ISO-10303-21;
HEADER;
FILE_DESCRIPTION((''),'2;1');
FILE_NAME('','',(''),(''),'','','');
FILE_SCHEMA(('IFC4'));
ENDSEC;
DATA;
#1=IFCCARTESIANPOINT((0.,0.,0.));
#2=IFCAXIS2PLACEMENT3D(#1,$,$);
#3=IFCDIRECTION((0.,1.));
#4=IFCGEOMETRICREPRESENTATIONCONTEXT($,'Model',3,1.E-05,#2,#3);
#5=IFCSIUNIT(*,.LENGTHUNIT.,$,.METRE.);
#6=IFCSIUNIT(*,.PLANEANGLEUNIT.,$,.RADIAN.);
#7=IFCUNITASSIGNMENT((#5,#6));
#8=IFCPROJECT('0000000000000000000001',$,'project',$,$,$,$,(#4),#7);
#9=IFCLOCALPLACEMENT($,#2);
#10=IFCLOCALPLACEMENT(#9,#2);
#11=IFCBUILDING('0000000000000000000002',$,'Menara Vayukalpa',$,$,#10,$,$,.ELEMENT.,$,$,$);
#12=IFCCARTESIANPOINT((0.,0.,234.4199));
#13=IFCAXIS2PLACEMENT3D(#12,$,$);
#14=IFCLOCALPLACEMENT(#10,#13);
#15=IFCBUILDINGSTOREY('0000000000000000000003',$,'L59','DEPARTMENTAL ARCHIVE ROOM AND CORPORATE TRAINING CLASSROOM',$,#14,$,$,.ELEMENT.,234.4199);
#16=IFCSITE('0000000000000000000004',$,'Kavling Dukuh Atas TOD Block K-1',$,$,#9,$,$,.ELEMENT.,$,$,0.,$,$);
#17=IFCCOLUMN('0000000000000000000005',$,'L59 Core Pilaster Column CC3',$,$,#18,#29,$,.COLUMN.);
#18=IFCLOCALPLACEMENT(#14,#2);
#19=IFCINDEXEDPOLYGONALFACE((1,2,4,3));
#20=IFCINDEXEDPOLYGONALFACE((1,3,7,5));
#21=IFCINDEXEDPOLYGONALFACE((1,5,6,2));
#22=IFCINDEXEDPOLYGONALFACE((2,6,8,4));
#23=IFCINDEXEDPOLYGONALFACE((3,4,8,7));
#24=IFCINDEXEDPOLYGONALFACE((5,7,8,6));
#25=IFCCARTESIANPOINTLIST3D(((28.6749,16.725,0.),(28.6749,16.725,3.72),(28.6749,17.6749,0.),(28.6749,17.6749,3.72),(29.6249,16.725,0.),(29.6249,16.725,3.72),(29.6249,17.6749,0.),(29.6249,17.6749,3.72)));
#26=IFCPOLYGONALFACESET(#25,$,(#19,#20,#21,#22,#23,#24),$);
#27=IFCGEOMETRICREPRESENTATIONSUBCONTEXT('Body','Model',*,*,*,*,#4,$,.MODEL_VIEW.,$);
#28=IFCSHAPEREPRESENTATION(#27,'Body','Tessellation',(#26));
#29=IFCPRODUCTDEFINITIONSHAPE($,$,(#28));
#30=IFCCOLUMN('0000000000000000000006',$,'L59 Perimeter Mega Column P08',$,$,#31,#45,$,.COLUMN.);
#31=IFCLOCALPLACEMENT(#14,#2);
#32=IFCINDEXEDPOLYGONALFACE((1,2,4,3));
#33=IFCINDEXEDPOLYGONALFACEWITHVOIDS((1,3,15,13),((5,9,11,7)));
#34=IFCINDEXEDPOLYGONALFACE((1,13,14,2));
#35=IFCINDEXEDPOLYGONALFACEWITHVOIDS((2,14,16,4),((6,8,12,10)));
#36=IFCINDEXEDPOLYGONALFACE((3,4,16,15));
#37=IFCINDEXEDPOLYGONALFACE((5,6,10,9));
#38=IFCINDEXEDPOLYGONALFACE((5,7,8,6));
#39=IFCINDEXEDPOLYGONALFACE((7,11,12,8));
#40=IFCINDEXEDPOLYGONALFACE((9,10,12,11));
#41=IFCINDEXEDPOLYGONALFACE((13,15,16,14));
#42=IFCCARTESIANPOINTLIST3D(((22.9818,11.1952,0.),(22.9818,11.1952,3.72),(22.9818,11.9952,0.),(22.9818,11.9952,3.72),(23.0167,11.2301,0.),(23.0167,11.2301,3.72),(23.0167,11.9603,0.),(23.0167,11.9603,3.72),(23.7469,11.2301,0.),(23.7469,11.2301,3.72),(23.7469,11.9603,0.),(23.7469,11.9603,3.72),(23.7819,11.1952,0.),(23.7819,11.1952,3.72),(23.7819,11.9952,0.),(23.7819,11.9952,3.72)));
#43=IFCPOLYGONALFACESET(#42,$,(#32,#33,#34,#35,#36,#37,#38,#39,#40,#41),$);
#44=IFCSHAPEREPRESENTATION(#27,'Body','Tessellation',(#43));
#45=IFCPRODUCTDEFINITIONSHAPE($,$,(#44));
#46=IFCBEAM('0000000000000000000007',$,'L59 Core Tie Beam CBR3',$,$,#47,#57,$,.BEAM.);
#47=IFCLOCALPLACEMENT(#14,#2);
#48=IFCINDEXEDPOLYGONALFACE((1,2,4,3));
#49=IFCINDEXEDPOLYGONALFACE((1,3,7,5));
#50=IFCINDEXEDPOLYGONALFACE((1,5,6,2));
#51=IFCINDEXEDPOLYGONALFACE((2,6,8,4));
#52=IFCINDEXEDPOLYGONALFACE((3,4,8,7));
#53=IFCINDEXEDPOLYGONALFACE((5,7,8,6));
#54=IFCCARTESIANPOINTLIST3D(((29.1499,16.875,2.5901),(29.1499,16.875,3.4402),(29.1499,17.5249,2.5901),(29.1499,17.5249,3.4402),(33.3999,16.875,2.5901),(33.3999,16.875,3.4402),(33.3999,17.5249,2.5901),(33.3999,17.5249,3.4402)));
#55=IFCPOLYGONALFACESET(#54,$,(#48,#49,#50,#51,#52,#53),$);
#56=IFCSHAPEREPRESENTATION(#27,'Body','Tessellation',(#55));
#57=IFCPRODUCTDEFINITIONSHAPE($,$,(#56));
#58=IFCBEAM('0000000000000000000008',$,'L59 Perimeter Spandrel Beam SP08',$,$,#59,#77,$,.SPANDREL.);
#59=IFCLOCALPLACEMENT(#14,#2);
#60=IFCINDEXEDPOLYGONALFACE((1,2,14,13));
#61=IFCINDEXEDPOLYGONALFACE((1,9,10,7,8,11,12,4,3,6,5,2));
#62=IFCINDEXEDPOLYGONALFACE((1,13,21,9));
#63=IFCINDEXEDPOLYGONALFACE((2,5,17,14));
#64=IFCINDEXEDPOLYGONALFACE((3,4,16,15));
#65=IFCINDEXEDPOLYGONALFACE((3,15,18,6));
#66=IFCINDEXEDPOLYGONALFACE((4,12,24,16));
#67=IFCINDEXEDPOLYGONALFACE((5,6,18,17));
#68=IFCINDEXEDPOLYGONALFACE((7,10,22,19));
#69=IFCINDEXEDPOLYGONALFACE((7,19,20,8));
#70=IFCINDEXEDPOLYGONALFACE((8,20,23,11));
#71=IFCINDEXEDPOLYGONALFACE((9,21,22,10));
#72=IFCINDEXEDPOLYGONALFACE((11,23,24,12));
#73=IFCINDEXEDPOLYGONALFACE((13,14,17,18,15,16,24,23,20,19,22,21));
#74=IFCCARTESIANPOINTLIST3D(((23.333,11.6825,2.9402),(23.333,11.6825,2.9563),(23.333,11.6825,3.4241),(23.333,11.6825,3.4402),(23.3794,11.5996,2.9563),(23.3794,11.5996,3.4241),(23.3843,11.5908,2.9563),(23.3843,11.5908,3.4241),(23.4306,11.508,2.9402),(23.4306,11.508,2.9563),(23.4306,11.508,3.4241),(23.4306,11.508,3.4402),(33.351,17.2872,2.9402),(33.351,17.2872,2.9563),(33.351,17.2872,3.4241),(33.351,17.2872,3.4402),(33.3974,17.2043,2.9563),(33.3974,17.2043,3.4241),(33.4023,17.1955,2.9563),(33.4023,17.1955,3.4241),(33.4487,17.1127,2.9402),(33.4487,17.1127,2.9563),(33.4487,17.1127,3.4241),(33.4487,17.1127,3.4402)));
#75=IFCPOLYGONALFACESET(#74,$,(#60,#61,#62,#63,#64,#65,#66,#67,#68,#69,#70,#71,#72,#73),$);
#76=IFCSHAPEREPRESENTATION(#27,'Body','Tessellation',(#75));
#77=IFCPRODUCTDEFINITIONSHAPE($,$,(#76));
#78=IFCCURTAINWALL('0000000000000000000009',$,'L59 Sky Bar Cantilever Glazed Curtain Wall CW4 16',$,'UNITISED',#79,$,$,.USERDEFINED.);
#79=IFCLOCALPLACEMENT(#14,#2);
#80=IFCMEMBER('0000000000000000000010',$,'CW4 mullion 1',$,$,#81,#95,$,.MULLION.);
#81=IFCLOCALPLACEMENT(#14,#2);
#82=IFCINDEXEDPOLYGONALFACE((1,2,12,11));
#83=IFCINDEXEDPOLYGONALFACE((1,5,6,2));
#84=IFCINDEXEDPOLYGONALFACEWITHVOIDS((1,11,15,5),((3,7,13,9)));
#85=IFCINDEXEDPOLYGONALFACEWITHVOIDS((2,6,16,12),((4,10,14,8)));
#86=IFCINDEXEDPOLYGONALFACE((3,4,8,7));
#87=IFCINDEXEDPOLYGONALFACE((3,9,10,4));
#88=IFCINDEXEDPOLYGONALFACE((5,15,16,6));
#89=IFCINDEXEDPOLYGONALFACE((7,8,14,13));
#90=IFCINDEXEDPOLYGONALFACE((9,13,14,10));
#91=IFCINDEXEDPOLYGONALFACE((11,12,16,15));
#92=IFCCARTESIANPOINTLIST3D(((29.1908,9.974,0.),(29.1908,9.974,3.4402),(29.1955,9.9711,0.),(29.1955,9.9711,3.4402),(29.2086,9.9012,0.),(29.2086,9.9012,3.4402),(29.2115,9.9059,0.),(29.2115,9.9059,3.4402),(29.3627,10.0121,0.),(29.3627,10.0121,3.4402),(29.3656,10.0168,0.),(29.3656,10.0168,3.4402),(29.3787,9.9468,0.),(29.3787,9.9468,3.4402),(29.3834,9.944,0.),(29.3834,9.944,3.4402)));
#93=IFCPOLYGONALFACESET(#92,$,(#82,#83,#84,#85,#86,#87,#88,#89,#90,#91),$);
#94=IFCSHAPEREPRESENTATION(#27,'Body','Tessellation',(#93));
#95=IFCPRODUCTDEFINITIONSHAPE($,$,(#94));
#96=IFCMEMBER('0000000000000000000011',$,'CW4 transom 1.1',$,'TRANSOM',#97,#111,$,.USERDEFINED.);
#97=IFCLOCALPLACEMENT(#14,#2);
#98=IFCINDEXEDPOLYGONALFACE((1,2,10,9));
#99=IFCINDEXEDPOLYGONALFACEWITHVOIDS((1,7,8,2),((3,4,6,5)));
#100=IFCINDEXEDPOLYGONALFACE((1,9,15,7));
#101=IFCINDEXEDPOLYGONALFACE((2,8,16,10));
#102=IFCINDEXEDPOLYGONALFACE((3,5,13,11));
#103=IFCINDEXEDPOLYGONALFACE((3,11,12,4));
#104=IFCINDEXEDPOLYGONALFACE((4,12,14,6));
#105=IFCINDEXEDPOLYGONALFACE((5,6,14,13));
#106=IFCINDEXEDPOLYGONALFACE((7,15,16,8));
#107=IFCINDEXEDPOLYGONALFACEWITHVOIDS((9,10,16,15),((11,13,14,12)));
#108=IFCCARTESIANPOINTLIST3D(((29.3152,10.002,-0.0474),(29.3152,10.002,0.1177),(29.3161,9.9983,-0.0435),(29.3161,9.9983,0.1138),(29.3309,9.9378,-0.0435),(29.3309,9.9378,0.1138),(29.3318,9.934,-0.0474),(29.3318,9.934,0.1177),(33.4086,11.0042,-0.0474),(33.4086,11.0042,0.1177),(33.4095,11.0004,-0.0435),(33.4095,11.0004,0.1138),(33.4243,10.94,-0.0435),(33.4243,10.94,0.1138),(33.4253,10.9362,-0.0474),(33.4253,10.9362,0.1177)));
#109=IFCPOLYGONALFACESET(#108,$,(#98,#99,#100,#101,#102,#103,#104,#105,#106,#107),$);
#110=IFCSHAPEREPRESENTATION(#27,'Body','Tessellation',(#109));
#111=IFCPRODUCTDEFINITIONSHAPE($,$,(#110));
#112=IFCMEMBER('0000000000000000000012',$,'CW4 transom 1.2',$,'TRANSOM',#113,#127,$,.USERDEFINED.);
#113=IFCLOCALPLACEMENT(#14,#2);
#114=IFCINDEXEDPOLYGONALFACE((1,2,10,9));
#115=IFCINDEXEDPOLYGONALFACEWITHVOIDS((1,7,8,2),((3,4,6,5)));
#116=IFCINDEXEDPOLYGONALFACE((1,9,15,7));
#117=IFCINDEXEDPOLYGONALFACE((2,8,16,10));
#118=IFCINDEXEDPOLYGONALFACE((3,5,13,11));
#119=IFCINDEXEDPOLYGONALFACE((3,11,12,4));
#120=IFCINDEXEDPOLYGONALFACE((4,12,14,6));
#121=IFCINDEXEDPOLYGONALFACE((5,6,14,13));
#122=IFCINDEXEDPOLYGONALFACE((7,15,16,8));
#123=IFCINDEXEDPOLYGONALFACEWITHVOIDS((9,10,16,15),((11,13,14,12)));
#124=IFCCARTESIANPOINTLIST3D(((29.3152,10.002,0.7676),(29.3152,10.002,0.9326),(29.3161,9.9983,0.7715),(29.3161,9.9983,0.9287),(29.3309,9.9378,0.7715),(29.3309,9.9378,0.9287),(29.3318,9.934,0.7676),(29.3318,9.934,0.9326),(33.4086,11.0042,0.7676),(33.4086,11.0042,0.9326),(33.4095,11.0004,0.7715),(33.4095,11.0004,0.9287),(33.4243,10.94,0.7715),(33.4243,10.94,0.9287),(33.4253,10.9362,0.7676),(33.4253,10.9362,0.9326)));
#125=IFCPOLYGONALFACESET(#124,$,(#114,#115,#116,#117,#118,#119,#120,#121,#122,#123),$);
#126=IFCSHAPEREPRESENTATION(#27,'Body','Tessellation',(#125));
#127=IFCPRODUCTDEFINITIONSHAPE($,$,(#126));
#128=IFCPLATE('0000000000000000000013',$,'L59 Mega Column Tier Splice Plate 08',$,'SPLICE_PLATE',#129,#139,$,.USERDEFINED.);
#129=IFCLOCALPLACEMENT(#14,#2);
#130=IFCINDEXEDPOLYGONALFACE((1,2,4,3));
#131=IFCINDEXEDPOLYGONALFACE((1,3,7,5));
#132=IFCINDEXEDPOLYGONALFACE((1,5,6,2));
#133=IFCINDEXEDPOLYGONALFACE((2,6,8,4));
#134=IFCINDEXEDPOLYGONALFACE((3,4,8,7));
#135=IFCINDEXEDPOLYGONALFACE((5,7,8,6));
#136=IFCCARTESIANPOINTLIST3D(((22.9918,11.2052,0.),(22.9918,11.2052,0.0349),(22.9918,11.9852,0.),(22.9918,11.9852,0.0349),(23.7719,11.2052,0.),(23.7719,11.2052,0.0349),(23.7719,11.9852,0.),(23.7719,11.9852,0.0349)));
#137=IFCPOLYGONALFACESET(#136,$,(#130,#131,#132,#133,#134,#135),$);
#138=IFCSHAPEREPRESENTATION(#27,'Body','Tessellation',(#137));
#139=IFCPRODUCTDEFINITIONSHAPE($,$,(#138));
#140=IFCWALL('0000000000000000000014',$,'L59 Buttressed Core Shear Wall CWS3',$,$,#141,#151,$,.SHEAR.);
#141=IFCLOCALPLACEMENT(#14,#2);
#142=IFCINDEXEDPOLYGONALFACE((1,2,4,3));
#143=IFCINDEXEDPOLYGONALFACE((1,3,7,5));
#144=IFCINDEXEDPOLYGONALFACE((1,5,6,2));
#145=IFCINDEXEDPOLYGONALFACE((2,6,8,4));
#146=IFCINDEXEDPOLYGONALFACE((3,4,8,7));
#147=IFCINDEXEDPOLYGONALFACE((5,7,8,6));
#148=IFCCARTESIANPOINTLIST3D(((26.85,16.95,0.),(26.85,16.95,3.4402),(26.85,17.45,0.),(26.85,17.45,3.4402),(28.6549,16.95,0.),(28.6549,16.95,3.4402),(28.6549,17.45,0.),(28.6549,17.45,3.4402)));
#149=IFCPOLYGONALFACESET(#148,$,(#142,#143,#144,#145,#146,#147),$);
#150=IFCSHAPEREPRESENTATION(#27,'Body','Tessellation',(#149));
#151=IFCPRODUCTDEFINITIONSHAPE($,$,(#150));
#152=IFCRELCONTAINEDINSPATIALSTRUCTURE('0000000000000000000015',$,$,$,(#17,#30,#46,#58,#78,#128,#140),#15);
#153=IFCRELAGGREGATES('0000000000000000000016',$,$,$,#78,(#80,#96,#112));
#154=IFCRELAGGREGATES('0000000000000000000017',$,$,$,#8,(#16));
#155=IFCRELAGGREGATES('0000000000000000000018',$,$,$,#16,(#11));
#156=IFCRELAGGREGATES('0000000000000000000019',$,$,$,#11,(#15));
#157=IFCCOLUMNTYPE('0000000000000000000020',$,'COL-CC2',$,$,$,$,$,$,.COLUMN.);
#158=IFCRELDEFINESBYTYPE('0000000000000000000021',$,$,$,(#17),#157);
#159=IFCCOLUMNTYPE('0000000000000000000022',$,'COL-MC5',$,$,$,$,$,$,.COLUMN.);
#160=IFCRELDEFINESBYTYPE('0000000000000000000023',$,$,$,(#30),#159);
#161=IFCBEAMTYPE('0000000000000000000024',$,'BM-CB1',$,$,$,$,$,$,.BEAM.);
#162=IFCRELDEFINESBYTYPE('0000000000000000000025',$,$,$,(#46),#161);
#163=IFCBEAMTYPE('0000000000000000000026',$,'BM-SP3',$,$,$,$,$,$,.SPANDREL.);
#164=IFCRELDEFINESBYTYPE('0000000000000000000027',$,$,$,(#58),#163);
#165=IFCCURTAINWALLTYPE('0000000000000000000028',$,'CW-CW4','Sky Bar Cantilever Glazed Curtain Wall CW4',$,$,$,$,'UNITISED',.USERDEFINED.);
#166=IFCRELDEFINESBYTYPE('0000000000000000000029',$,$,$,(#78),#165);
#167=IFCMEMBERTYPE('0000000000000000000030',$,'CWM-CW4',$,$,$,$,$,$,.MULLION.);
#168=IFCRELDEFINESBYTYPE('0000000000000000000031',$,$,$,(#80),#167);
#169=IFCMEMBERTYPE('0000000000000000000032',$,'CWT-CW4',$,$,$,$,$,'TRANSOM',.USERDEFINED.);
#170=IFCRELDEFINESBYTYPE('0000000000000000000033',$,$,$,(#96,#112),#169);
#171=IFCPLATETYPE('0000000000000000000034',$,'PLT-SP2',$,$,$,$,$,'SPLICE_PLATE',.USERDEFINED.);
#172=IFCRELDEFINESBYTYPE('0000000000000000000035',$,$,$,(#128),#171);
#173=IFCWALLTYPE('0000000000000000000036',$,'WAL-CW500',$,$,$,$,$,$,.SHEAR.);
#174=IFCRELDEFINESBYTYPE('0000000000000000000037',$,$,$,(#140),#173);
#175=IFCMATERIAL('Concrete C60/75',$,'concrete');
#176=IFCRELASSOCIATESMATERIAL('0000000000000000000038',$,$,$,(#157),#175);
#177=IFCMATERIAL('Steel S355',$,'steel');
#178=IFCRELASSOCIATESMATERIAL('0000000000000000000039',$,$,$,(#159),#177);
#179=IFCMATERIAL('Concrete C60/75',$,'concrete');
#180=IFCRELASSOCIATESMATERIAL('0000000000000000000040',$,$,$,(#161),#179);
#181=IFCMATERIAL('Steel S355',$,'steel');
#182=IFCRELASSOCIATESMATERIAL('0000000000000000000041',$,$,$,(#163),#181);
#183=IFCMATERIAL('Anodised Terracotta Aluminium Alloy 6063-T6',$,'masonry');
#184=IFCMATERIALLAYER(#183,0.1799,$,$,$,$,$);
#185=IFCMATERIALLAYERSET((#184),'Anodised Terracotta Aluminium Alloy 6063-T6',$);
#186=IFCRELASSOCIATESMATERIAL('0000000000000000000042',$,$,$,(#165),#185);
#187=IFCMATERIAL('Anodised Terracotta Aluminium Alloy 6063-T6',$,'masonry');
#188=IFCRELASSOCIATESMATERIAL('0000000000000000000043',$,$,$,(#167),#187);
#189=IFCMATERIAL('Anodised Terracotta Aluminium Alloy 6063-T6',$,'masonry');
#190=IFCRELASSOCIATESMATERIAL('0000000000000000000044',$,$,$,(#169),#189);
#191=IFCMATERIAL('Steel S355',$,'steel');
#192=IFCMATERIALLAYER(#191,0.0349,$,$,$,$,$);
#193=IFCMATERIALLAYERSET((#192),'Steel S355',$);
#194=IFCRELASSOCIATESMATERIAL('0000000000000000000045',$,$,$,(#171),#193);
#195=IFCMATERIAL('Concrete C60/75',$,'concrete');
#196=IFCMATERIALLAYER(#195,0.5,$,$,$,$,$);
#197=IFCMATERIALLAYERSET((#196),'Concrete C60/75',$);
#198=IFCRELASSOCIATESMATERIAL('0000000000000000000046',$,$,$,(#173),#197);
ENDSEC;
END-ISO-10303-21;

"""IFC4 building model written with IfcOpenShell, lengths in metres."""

from ifc_helpers import new_model, si_unit, direction, frame, frame_2d, origin, origin_2d, place, context, subcontext, project, spatial, rectangle, hollow_rectangle, i_section, extrude, material, layer, layer_set, material_profile, profile_set, type_object, element, aggregate, save


model = new_model("IFC4")

# Units and contexts
model_context = context("Model", 3, precision=1e-05, world=origin(), true_north=direction((0.0, 1.0)))
body_context = subcontext(model_context, "Body", "Model", "MODEL_VIEW")
ifc_project = project(units=[si_unit("LENGTHUNIT", "METRE"), si_unit("PLANEANGLEUNIT", "RADIAN")], contexts=[model_context])

# Site, building, storey
site_placement = place(None, origin())
site = spatial("IfcSite", under=ifc_project, at=site_placement, Name="Kavling Dukuh Atas TOD Block K-1", CompositionType="ELEMENT", RefElevation=0.0)
building_placement = place(site_placement, origin())
building = spatial("IfcBuilding", under=site, at=building_placement, Name="Menara Vayukalpa", CompositionType="ELEMENT")
storey_placement = place(building_placement, frame((0.0, 0.0, 234.4199)))
storey = spatial("IfcBuildingStorey", under=building, at=storey_placement, Name="L59", Description="DEPARTMENTAL ARCHIVE ROOM AND CORPORATE TRAINING CLASSROOM", CompositionType="ELEMENT", Elevation=234.4199)

# Columns
ifc_material_1 = material(Name="Concrete C60/75", Category="concrete")
ifc_material_profile_1 = material_profile(ifc_material_1, rectangle(XDim=0.95, YDim=0.95, at=origin_2d()), Name="RC 950x950")
ifc_profile_set_1 = profile_set([ifc_material_profile_1], Name="Concrete C60/75")
column_type_1 = type_object("IfcColumnType", Name="COL-CC2", PredefinedType="COLUMN", material=ifc_profile_set_1)
column_1_placement = place(storey_placement, frame((29.1499, 17.2, 0.0), z_axis=(0.0, 0.0, 1.0), x_axis=(1.0, 0.0, 0.0)))
element("IfcColumn", 1, at=column_1_placement, inside=storey, type_object=column_type_1, Name="L59 Core Pilaster Column CC3", PredefinedType="COLUMN", context=body_context, shape_type="SweptSolid", body=[
    extrude(rectangle(XDim=0.95, YDim=0.95, at=origin_2d()), origin(), (0.0, 0.0, 1.0), 3.72),
])
ifc_material_2 = material(Name="Steel S355", Category="steel")
ifc_material_profile_2 = material_profile(ifc_material_2, hollow_rectangle(XDim=0.8, YDim=0.8, WallThickness=0.0349, at=origin_2d()), Name="BOX 800x800x35")
ifc_profile_set_2 = profile_set([ifc_material_profile_2], Name="Steel S355")
column_type_2 = type_object("IfcColumnType", Name="COL-MC5", PredefinedType="COLUMN", material=ifc_profile_set_2)
column_2_placement = place(storey_placement, frame((23.3818, 11.5952, 0.0), z_axis=(0.0, 0.0, 1.0), x_axis=(1.0, 0.0, 0.0)))
element("IfcColumn", 2, at=column_2_placement, inside=storey, type_object=column_type_2, Name="L59 Perimeter Mega Column P08", PredefinedType="COLUMN", context=body_context, shape_type="SweptSolid", body=[
    extrude(hollow_rectangle(XDim=0.8, YDim=0.8, WallThickness=0.0349, at=origin_2d()), origin(), (0.0, 0.0, 1.0), 3.72),
])

# Beams
ifc_material_3 = material(Name="Concrete C60/75", Category="concrete")
ifc_material_profile_3 = material_profile(ifc_material_3, rectangle(XDim=0.6499, YDim=0.8501, at=origin_2d()), Name="RC 650x850")
ifc_profile_set_3 = profile_set([ifc_material_profile_3], Name="Concrete C60/75")
beam_type_1 = type_object("IfcBeamType", Name="BM-CB1", PredefinedType="BEAM", material=ifc_profile_set_3)
beam_1_placement = place(storey_placement, frame((29.1499, 17.2, 3.0151), z_axis=(1.0, 0.0, 0.0), x_axis=(0.0, 1.0, 0.0)))
element("IfcBeam", 3, at=beam_1_placement, inside=storey, type_object=beam_type_1, Name="L59 Core Tie Beam CBR3", PredefinedType="BEAM", context=body_context, shape_type="SweptSolid", body=[
    extrude(rectangle(XDim=0.6499, YDim=0.8501, at=origin_2d()), origin(), (0.0, 0.0, 1.0), 4.25),
])
ifc_material_4 = material(Name="Steel S355", Category="steel")
ifc_material_profile_4 = material_profile(ifc_material_4, i_section(OverallWidth=0.2, OverallDepth=0.5, WebThickness=0.01, FlangeThickness=0.0161, at=origin_2d()), Name="WF 500x200x10x16")
ifc_profile_set_4 = profile_set([ifc_material_profile_4], Name="Steel S355")
beam_type_2 = type_object("IfcBeamType", Name="BM-SP3", PredefinedType="SPANDREL", material=ifc_profile_set_4)
beam_2_placement = place(storey_placement, frame((23.3818, 11.5952, 3.1902), z_axis=(0.872706, 0.488246, 0.0), x_axis=(-0.488246, 0.872706, 0.0)))
element("IfcBeam", 4, at=beam_2_placement, inside=storey, type_object=beam_type_2, Name="L59 Perimeter Spandrel Beam SP08", PredefinedType="SPANDREL", context=body_context, shape_type="SweptSolid", body=[
    extrude(i_section(OverallWidth=0.2, OverallDepth=0.5, WebThickness=0.01, FlangeThickness=0.0161, at=origin_2d()), origin(), (0.0, 0.0, 1.0), 11.4792),
])

# Curtain wall, members
ifc_material_5 = material(Name="Anodised Terracotta Aluminium Alloy 6063-T6", Category="masonry")
ifc_layer_1 = layer(ifc_material_5, 0.1799)
ifc_layer_set_1 = layer_set([ifc_layer_1], Name="Anodised Terracotta Aluminium Alloy 6063-T6")
curtain_wall_type = type_object("IfcCurtainWallType", Name="CW-CW4", Description="Sky Bar Cantilever Glazed Curtain Wall CW4", ElementType="UNITISED", PredefinedType="USERDEFINED", material=ifc_layer_set_1)
curtain_wall_placement = place(storey_placement, origin())
curtain_wall = element("IfcCurtainWall", 5, at=curtain_wall_placement, inside=storey, type_object=curtain_wall_type, Name="L59 Sky Bar Cantilever Glazed Curtain Wall CW4 16", ObjectType="UNITISED", PredefinedType="USERDEFINED")
ifc_material_6 = material(Name="Anodised Terracotta Aluminium Alloy 6063-T6", Category="masonry")
ifc_material_profile_5 = material_profile(ifc_material_6, hollow_rectangle(XDim=0.075, YDim=0.1799, WallThickness=0.0039, at=origin_2d()), Name="ALU 75x180x4")
ifc_profile_set_5 = profile_set([ifc_material_profile_5], Name="Anodised Terracotta Aluminium Alloy 6063-T6")
member_type_1 = type_object("IfcMemberType", Name="CWM-CW4", PredefinedType="MULLION", material=ifc_profile_set_5)
member_1_placement = place(storey_placement, frame((29.2871, 9.959, 0.0), z_axis=(0.0, 0.0, 1.0), x_axis=(-0.23781, 0.971312, 0.0)))
member_1 = element("IfcMember", 6, at=member_1_placement, type_object=member_type_1, Name="CW4 mullion 1", PredefinedType="MULLION", context=body_context, shape_type="SweptSolid", body=[
    extrude(hollow_rectangle(XDim=0.075, YDim=0.1799, WallThickness=0.0039, at=origin_2d()), origin(), (0.0, 0.0, 1.0), 3.4402),
])
ifc_material_7 = material(Name="Anodised Terracotta Aluminium Alloy 6063-T6", Category="masonry")
ifc_material_profile_6 = material_profile(ifc_material_7, hollow_rectangle(XDim=0.0701, YDim=0.165, WallThickness=0.0039, at=origin_2d()), Name="ALU 70x165x4")
ifc_profile_set_6 = profile_set([ifc_material_profile_6], Name="Anodised Terracotta Aluminium Alloy 6063-T6")
member_type_2 = type_object("IfcMemberType", Name="CWT-CW4", ElementType="TRANSOM", PredefinedType="USERDEFINED", material=ifc_profile_set_6)
member_2_placement = place(storey_placement, frame((29.3235, 9.968, 0.0352), z_axis=(0.971313, 0.237803, 0.0), x_axis=(-0.237803, 0.971313, 0.0)))
member_2 = element("IfcMember", 7, at=member_2_placement, type_object=member_type_2, Name="CW4 transom 1.1", ObjectType="TRANSOM", PredefinedType="USERDEFINED", context=body_context, shape_type="SweptSolid", body=[
    extrude(hollow_rectangle(XDim=0.0701, YDim=0.165, WallThickness=0.0039, at=origin_2d()), origin(), (0.0, 0.0, 1.0), 4.2144),
])
member_3_placement = place(storey_placement, frame((29.3235, 9.968, 0.8501), z_axis=(0.971313, 0.237803, 0.0), x_axis=(-0.237803, 0.971313, 0.0)))
member_3 = element("IfcMember", 8, at=member_3_placement, type_object=member_type_2, Name="CW4 transom 1.2", ObjectType="TRANSOM", PredefinedType="USERDEFINED", context=body_context, shape_type="SweptSolid", body=[
    extrude(hollow_rectangle(XDim=0.0701, YDim=0.165, WallThickness=0.0039, at=origin_2d()), origin(), (0.0, 0.0, 1.0), 4.2144),
])
aggregate(curtain_wall, [member_1, member_2, member_3])

# Plate
ifc_material_8 = material(Name="Steel S355", Category="steel")
ifc_layer_2 = layer(ifc_material_8, 0.0349)
ifc_layer_set_2 = layer_set([ifc_layer_2], Name="Steel S355")
plate_type = type_object("IfcPlateType", Name="PLT-SP2", ElementType="SPLICE_PLATE", PredefinedType="USERDEFINED", material=ifc_layer_set_2)
plate_placement = place(storey_placement, frame((23.3818, 11.5952, 0.0), z_axis=(0.0, 0.0, 1.0), x_axis=(1.0, 0.0, 0.0)))
element("IfcPlate", 9, at=plate_placement, inside=storey, type_object=plate_type, Name="L59 Mega Column Tier Splice Plate 08", ObjectType="SPLICE_PLATE", PredefinedType="USERDEFINED", context=body_context, shape_type="SweptSolid", body=[
    extrude(rectangle(XDim=0.78, YDim=0.78, at=origin_2d()), origin(), (0.0, 0.0, 1.0), 0.0349),
])

# Wall
ifc_material_9 = material(Name="Concrete C60/75", Category="concrete")
ifc_layer_3 = layer(ifc_material_9, 0.5)
ifc_layer_set_3 = layer_set([ifc_layer_3], Name="Concrete C60/75")
wall_type_1 = type_object("IfcWallType", Name="WAL-CW500", PredefinedType="SHEAR", material=ifc_layer_set_3)
wall_1_placement = place(storey_placement, frame((26.8501, 17.2, 0.0), z_axis=(0.0, 0.0, 1.0), x_axis=(1.0, 0.0, 0.0)))
element("IfcWall", 10, at=wall_1_placement, inside=storey, type_object=wall_type_1, Name="L59 Buttressed Core Shear Wall CWS3", PredefinedType="SHEAR", context=body_context, shape_type="SweptSolid", body=[
    extrude(rectangle(XDim=1.8049, YDim=0.5, at=frame_2d((0.9023, 0.0))), origin(), (0.0, 0.0, 1.0), 3.4402),
])

save(model, "model.ifc")
